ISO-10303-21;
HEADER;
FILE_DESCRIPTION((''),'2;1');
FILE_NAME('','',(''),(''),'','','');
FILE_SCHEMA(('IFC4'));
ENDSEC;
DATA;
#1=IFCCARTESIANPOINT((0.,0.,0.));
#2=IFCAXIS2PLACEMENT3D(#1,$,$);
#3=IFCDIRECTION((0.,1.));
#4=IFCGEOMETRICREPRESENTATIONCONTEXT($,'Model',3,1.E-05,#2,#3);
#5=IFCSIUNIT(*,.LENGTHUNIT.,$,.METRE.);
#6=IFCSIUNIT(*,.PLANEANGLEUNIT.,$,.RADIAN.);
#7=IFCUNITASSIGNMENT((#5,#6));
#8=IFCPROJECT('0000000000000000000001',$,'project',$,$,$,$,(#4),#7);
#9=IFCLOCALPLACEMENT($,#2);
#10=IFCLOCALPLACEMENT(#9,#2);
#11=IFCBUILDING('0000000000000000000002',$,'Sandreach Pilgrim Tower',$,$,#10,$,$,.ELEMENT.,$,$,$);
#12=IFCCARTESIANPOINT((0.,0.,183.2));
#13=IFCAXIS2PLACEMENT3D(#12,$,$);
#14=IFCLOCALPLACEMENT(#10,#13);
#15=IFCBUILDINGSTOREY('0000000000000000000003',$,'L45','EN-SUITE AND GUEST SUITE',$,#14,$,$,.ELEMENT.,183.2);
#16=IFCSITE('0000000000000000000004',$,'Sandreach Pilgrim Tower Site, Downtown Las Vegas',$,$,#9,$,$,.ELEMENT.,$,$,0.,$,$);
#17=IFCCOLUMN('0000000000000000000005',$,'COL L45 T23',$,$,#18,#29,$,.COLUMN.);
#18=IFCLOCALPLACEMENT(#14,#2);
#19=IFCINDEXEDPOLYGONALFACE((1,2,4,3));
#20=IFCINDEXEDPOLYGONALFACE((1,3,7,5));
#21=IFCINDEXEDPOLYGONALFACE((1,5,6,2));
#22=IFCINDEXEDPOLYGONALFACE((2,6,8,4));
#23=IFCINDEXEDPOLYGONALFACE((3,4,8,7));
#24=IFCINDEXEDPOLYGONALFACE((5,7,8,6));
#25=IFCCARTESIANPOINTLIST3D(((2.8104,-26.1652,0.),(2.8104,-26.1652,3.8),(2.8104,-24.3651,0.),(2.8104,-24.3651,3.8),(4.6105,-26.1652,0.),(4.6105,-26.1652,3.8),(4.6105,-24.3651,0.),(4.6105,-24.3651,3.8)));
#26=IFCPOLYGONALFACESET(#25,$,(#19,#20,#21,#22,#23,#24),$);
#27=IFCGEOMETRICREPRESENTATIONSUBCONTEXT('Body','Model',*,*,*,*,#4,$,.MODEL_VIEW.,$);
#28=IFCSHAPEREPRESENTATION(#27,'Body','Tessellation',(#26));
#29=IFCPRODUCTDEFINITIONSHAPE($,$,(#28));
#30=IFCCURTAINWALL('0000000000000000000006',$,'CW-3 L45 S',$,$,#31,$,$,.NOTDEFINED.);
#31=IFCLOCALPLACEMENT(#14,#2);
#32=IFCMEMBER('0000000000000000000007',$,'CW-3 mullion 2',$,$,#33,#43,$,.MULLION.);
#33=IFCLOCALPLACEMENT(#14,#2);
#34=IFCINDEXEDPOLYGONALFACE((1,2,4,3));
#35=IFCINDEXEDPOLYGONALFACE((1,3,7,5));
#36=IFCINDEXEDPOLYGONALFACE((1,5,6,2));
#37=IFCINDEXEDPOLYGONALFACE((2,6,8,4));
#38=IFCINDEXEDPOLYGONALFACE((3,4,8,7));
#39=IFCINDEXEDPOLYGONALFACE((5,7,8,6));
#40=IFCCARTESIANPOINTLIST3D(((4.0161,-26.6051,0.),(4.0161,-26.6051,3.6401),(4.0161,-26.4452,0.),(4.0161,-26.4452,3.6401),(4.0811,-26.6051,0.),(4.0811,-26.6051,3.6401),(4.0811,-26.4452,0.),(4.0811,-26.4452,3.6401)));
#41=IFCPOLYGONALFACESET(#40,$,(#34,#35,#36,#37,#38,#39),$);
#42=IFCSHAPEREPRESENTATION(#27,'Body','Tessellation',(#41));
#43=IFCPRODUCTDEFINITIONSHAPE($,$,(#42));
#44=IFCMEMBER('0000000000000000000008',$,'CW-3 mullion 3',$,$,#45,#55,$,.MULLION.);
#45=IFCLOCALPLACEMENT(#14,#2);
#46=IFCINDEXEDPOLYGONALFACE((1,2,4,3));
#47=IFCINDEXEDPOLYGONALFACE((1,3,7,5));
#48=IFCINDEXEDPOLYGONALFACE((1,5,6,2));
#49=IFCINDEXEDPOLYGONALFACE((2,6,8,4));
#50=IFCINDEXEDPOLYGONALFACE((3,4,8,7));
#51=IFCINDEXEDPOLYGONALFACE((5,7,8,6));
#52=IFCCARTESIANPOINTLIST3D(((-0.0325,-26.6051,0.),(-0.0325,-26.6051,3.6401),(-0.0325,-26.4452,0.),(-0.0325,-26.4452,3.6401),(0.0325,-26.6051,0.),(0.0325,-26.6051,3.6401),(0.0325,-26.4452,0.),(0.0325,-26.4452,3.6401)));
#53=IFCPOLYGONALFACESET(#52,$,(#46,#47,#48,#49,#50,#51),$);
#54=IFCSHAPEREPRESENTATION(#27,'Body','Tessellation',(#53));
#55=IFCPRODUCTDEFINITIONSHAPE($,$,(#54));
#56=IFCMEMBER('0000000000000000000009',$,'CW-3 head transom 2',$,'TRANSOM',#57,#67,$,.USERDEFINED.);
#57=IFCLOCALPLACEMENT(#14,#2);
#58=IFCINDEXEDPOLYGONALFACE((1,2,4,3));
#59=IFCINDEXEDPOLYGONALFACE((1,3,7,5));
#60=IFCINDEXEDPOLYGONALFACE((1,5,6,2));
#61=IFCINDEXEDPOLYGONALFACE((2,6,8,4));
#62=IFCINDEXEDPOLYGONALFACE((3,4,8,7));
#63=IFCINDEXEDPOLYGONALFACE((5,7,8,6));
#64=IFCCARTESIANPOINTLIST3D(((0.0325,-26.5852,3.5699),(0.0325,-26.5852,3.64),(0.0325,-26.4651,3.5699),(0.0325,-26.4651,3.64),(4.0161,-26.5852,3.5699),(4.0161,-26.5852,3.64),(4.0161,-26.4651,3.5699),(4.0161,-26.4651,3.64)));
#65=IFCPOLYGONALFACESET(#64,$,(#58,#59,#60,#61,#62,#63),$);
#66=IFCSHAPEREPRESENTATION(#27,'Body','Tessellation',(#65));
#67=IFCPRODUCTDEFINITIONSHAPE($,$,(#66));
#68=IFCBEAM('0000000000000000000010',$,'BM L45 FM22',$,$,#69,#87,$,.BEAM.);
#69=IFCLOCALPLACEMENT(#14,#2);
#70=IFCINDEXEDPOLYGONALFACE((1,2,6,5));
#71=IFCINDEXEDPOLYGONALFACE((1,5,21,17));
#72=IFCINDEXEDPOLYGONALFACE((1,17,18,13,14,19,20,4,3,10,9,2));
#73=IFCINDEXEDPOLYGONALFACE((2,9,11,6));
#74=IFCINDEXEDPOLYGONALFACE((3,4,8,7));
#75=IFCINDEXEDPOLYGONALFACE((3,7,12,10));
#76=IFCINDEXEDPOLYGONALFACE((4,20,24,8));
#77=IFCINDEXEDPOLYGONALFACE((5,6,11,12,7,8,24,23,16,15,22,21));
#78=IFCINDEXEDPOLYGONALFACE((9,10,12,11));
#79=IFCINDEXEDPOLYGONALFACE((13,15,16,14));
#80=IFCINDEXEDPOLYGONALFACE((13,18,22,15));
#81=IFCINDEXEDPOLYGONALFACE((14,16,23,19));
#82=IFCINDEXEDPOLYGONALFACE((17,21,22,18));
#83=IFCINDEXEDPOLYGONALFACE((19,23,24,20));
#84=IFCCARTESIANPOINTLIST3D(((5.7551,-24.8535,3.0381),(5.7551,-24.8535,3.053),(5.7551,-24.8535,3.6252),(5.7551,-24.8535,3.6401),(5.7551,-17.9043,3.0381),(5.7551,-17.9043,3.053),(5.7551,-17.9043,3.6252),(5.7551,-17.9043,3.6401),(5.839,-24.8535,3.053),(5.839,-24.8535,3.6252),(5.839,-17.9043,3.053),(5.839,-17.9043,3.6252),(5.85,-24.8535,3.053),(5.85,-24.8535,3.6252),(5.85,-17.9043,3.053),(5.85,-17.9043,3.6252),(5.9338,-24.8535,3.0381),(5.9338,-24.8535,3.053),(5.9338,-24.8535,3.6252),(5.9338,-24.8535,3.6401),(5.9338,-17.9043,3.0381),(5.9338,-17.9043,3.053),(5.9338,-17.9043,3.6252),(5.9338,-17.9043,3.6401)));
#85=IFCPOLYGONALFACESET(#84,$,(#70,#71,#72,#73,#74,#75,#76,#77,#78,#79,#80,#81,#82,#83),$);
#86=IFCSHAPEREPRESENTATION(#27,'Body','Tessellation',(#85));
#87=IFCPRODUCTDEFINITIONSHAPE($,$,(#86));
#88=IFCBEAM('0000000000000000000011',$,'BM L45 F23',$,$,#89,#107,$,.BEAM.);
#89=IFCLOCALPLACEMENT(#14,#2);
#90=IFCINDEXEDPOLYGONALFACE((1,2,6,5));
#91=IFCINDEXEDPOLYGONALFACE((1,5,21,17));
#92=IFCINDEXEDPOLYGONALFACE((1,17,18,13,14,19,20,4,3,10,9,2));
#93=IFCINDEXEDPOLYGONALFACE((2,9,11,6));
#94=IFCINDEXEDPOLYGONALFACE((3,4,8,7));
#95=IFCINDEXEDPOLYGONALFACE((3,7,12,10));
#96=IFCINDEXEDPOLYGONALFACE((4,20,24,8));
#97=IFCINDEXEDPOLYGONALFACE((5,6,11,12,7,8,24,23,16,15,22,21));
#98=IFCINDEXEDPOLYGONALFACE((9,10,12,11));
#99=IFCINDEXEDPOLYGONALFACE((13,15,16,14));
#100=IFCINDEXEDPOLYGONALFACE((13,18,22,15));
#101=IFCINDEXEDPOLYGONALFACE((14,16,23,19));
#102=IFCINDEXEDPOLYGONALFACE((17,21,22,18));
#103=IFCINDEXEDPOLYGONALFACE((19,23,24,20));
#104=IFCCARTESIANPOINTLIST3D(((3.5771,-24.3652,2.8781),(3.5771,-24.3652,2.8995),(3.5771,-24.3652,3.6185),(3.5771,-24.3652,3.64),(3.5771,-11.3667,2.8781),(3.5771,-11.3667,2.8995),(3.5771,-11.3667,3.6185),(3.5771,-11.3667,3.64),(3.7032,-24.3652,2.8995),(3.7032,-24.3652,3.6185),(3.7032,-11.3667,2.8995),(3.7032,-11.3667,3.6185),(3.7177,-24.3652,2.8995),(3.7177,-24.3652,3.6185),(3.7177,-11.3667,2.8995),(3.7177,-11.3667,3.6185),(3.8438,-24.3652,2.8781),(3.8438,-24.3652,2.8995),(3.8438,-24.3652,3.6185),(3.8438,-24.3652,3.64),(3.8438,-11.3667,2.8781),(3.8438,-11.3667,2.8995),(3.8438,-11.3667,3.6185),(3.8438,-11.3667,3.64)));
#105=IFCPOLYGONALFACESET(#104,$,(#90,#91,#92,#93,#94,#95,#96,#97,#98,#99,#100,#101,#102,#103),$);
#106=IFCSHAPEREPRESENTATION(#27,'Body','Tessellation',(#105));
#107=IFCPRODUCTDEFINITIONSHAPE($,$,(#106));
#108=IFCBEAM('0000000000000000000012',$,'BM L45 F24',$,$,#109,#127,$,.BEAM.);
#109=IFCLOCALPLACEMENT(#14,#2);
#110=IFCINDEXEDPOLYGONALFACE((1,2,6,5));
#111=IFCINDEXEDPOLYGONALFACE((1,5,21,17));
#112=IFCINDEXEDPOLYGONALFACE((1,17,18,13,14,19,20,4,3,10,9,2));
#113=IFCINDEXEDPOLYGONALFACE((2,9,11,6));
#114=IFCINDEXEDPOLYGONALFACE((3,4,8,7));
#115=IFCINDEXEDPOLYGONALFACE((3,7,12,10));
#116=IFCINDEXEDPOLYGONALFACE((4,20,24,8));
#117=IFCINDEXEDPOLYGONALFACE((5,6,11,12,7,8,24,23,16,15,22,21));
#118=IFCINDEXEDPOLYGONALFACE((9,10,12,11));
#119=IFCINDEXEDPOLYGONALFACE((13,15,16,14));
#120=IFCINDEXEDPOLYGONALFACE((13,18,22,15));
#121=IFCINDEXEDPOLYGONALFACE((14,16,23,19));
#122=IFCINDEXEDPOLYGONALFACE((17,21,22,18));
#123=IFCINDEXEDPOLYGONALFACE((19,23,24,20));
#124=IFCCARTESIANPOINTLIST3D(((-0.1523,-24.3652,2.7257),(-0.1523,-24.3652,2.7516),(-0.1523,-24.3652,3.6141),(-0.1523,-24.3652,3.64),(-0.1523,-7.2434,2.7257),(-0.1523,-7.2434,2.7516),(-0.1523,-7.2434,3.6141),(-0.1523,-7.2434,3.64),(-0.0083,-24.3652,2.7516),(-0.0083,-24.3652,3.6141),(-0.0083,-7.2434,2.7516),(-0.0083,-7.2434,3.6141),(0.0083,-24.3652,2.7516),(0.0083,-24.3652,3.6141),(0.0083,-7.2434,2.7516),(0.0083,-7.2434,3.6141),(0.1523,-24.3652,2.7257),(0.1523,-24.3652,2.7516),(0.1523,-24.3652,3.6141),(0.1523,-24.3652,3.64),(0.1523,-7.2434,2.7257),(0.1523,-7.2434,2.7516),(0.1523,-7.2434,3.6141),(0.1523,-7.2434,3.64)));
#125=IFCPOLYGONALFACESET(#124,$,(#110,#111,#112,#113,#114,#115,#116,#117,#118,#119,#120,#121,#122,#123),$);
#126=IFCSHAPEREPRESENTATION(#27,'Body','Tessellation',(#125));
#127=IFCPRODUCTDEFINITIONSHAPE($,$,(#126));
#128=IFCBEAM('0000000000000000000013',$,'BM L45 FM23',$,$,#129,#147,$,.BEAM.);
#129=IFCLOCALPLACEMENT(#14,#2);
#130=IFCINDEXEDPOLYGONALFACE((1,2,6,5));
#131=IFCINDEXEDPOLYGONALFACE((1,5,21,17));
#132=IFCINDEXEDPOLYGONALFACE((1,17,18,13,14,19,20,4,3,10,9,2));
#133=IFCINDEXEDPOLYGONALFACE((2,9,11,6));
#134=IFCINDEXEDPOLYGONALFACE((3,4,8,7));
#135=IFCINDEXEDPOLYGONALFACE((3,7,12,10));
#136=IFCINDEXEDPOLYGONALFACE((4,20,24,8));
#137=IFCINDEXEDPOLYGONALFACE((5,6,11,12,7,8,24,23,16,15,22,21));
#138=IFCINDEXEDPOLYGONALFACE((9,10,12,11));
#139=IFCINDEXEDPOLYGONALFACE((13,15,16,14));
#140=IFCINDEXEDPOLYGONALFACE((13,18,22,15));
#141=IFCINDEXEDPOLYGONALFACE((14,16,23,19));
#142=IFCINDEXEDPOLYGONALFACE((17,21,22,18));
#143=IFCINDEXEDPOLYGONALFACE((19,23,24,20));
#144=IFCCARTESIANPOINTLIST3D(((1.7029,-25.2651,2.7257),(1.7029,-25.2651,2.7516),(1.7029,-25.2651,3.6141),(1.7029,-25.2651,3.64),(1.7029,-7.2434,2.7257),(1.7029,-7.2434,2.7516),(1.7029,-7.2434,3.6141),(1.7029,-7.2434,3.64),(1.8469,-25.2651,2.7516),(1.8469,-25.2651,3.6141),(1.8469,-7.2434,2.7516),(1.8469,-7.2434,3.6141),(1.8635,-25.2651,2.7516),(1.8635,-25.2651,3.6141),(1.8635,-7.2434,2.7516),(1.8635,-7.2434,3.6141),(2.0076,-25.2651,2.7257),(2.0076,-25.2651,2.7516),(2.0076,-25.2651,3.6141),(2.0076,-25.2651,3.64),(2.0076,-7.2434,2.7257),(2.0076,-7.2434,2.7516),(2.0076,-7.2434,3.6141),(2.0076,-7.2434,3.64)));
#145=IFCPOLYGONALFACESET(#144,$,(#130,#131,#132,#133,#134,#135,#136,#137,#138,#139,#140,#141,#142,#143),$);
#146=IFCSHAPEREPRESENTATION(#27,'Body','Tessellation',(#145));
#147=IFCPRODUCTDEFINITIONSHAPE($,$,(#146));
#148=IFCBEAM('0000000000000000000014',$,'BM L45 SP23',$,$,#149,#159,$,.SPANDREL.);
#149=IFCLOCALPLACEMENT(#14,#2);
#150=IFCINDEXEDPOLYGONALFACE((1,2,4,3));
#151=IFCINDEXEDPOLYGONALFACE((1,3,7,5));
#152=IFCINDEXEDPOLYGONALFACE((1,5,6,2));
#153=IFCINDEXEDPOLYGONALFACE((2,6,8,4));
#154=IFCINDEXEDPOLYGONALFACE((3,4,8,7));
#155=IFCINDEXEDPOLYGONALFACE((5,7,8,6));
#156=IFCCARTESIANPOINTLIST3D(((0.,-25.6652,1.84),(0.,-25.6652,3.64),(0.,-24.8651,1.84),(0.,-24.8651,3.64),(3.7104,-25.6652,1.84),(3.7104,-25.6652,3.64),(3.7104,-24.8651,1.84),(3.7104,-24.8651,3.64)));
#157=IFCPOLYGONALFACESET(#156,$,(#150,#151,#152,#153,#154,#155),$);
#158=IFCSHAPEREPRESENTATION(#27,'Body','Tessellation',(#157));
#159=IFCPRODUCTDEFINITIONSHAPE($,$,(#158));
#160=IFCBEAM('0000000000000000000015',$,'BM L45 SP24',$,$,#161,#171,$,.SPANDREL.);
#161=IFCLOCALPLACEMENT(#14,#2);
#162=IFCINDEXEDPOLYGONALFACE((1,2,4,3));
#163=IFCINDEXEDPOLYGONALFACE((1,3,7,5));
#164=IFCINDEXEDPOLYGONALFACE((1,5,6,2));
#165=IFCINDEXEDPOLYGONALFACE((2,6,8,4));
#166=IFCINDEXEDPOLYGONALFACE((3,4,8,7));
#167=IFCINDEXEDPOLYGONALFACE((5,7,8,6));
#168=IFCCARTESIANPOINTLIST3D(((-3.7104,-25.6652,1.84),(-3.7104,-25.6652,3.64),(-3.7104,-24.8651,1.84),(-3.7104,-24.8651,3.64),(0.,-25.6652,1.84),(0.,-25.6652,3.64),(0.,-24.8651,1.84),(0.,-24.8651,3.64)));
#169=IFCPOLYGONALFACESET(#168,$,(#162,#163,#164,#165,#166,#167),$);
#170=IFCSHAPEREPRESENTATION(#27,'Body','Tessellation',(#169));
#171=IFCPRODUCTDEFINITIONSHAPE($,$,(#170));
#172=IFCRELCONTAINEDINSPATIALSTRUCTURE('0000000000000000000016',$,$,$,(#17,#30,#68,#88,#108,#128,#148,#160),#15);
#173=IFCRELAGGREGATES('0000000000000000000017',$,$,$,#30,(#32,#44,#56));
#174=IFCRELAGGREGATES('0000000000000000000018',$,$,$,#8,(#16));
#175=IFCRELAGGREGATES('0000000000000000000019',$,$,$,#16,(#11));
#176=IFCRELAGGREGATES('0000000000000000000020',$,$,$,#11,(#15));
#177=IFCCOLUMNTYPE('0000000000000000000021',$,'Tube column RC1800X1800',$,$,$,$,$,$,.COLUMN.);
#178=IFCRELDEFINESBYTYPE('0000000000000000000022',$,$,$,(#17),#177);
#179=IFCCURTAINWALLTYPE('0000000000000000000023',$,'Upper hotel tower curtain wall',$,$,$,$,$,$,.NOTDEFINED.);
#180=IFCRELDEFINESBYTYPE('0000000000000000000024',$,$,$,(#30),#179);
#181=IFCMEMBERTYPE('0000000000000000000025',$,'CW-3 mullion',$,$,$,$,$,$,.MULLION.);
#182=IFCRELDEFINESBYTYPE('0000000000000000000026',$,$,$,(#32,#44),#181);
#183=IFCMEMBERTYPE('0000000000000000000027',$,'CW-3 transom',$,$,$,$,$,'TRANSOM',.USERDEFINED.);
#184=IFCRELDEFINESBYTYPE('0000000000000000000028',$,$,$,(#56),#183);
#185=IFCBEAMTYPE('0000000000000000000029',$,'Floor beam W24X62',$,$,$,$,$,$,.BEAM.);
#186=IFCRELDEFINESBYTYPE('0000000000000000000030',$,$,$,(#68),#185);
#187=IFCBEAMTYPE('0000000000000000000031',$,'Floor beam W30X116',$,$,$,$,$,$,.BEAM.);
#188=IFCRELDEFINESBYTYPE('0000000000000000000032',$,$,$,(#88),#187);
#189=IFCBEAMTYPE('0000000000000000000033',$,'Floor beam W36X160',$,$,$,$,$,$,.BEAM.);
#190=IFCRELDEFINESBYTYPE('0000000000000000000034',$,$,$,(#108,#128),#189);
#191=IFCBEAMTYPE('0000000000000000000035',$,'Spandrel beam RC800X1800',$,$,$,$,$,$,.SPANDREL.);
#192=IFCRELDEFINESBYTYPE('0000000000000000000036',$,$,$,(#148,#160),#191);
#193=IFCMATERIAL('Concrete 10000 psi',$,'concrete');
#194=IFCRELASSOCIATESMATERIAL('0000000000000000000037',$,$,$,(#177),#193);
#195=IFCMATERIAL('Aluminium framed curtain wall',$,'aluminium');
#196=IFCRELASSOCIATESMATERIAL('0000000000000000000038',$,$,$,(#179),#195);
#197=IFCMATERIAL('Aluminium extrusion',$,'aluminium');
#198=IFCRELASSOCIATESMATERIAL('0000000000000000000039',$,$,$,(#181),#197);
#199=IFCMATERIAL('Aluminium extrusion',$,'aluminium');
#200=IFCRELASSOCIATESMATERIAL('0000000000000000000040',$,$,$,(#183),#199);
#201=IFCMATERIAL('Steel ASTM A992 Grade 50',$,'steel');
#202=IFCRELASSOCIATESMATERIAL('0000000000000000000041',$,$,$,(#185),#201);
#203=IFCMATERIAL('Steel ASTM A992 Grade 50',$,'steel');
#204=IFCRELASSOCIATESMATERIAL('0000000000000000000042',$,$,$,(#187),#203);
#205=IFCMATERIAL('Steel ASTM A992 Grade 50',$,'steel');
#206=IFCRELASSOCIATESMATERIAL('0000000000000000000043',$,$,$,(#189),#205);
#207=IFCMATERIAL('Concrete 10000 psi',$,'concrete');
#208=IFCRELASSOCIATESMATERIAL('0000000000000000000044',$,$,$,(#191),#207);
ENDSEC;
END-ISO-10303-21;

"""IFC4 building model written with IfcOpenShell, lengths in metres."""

from ifc_helpers import new_model, si_unit, direction, frame, origin, origin_2d, place, context, subcontext, project, spatial, rectangle, i_section, extrude, material, material_profile, profile_set, type_object, element, aggregate, save


model = new_model("IFC4")

# Units and contexts
model_context = context("Model", 3, precision=1e-05, world=origin(), true_north=direction((0.0, 1.0)))
body_context = subcontext(model_context, "Body", "Model", "MODEL_VIEW")
ifc_project = project(units=[si_unit("LENGTHUNIT", "METRE"), si_unit("PLANEANGLEUNIT", "RADIAN")], contexts=[model_context])

# Site, building, storey
site_placement = place(None, origin())
site = spatial("IfcSite", under=ifc_project, at=site_placement, Name="Sandreach Pilgrim Tower Site, Downtown Las Vegas", CompositionType="ELEMENT", RefElevation=0.0)
building_placement = place(site_placement, origin())
building = spatial("IfcBuilding", under=site, at=building_placement, Name="Sandreach Pilgrim Tower", CompositionType="ELEMENT")
storey_placement = place(building_placement, frame((0.0, 0.0, 183.2)))
storey = spatial("IfcBuildingStorey", under=building, at=storey_placement, Name="L45", Description="EN-SUITE AND GUEST SUITE", CompositionType="ELEMENT", Elevation=183.2)

# Column
ifc_material_1 = material(Name="Concrete 10000 psi", Category="concrete")
ifc_material_profile_1 = material_profile(ifc_material_1, rectangle(XDim=1.8, YDim=1.8, at=origin_2d()), Name="RC1800X1800")
ifc_profile_set_1 = profile_set([ifc_material_profile_1], Name="Concrete 10000 psi")
column_type = type_object("IfcColumnType", Name="Tube column RC1800X1800", PredefinedType="COLUMN", material=ifc_profile_set_1)
column_placement = place(storey_placement, frame((3.7104, -25.2651, 0.0), z_axis=(0.0, 0.0, 1.0), x_axis=(0.0, -1.0, 0.0)))
element("IfcColumn", 1, at=column_placement, inside=storey, type_object=column_type, Name="COL L45 T23", PredefinedType="COLUMN", context=body_context, shape_type="SweptSolid", body=[
    extrude(rectangle(XDim=1.8, YDim=1.8, at=origin_2d()), origin(), (0.0, 0.0, 1.0), 3.8),
])

# Curtain wall, members
ifc_material_2 = material(Name="Aluminium framed curtain wall", Category="aluminium")
curtain_wall_type = type_object("IfcCurtainWallType", Name="Upper hotel tower curtain wall", PredefinedType="NOTDEFINED", material=ifc_material_2)
curtain_wall_placement = place(storey_placement, origin())
curtain_wall = element("IfcCurtainWall", 2, at=curtain_wall_placement, inside=storey, type_object=curtain_wall_type, Name="CW-3 L45 S", PredefinedType="NOTDEFINED")
ifc_material_3 = material(Name="Aluminium extrusion", Category="aluminium")
ifc_material_profile_2 = material_profile(ifc_material_3, rectangle(XDim=0.0649, YDim=0.1599, at=origin_2d()), Name="CW-3M 65X160")
ifc_profile_set_2 = profile_set([ifc_material_profile_2], Name="Aluminium extrusion")
member_type_1 = type_object("IfcMemberType", Name="CW-3 mullion", PredefinedType="MULLION", material=ifc_profile_set_2)
member_1_placement = place(storey_placement, frame((4.0486, -26.5251, 0.0), z_axis=(0.0, 0.0, 1.0), x_axis=(-1.0, 0.0, 0.0)))
member_1 = element("IfcMember", 3, at=member_1_placement, type_object=member_type_1, Name="CW-3 mullion 2", PredefinedType="MULLION", context=body_context, shape_type="SweptSolid", body=[
    extrude(rectangle(XDim=0.0649, YDim=0.1599, at=origin_2d()), origin(), (0.0, 0.0, 1.0), 3.6401),
])
member_2_placement = place(storey_placement, frame((0.0, -26.5251, 0.0), z_axis=(0.0, 0.0, 1.0), x_axis=(-1.0, 0.0, 0.0)))
member_2 = element("IfcMember", 4, at=member_2_placement, type_object=member_type_1, Name="CW-3 mullion 3", PredefinedType="MULLION", context=body_context, shape_type="SweptSolid", body=[
    extrude(rectangle(XDim=0.0649, YDim=0.1599, at=origin_2d()), origin(), (0.0, 0.0, 1.0), 3.6401),
])
ifc_material_4 = material(Name="Aluminium extrusion", Category="aluminium")
ifc_material_profile_3 = material_profile(ifc_material_4, rectangle(XDim=0.1201, YDim=0.0701, at=origin_2d()), Name="CW-3T 120X70")
ifc_profile_set_3 = profile_set([ifc_material_profile_3], Name="Aluminium extrusion")
member_type_2 = type_object("IfcMemberType", Name="CW-3 transom", ElementType="TRANSOM", PredefinedType="USERDEFINED", material=ifc_profile_set_3)
member_3_placement = place(storey_placement, frame((4.0161, -26.5251, 3.605), z_axis=(-1.0, 0.0, 0.0), x_axis=(0.0, -1.0, 0.0)))
member_3 = element("IfcMember", 5, at=member_3_placement, type_object=member_type_2, Name="CW-3 head transom 2", ObjectType="TRANSOM", PredefinedType="USERDEFINED", context=body_context, shape_type="SweptSolid", body=[
    extrude(rectangle(XDim=0.1201, YDim=0.0701, at=origin_2d()), origin(), (0.0, 0.0, 1.0), 3.9836),
])

# Beams
ifc_material_5 = material(Name="Steel ASTM A992 Grade 50", Category="steel")
ifc_material_profile_4 = material_profile(ifc_material_5, i_section(OverallWidth=0.1787, OverallDepth=0.6021, WebThickness=0.011, FlangeThickness=0.0149, at=origin_2d()), Name="W24X62")
ifc_profile_set_4 = profile_set([ifc_material_profile_4], Name="Steel ASTM A992 Grade 50")
beam_type_1 = type_object("IfcBeamType", Name="Floor beam W24X62", PredefinedType="BEAM", material=ifc_profile_set_4)
beam_1_placement = place(storey_placement, frame((5.8445, -24.8535, 3.3391), z_axis=(0.0, 1.0, 0.0), x_axis=(-1.0, 0.0, 0.0)))
element("IfcBeam", 6, at=beam_1_placement, inside=storey, type_object=beam_type_1, Name="BM L45 FM22", PredefinedType="BEAM", context=body_context, shape_type="SweptSolid", body=[
    extrude(i_section(OverallWidth=0.1787, OverallDepth=0.6021, WebThickness=0.011, FlangeThickness=0.0149, at=origin_2d()), origin(), (0.0, 0.0, 1.0), 6.9492),
])
ifc_material_6 = material(Name="Steel ASTM A992 Grade 50", Category="steel")
ifc_material_profile_5 = material_profile(ifc_material_6, i_section(OverallWidth=0.2666, OverallDepth=0.762, WebThickness=0.0144, FlangeThickness=0.0215, at=origin_2d()), Name="W30X116")
ifc_profile_set_5 = profile_set([ifc_material_profile_5], Name="Steel ASTM A992 Grade 50")
beam_type_2 = type_object("IfcBeamType", Name="Floor beam W30X116", PredefinedType="BEAM", material=ifc_profile_set_5)
beam_2_placement = place(storey_placement, frame((3.7104, -24.3652, 3.259), z_axis=(0.0, 1.0, 0.0), x_axis=(-1.0, 0.0, 0.0)))
element("IfcBeam", 7, at=beam_2_placement, inside=storey, type_object=beam_type_2, Name="BM L45 F23", PredefinedType="BEAM", context=body_context, shape_type="SweptSolid", body=[
    extrude(i_section(OverallWidth=0.2666, OverallDepth=0.762, WebThickness=0.0144, FlangeThickness=0.0215, at=origin_2d()), origin(), (0.0, 0.0, 1.0), 12.9985),
])
ifc_material_7 = material(Name="Steel ASTM A992 Grade 50", Category="steel")
ifc_material_profile_6 = material_profile(ifc_material_7, i_section(OverallWidth=0.3047, OverallDepth=0.9143, WebThickness=0.0166, FlangeThickness=0.0259, at=origin_2d()), Name="W36X160")
ifc_profile_set_6 = profile_set([ifc_material_profile_6], Name="Steel ASTM A992 Grade 50")
beam_type_3 = type_object("IfcBeamType", Name="Floor beam W36X160", PredefinedType="BEAM", material=ifc_profile_set_6)
beam_3_placement = place(storey_placement, frame((0.0, -24.3652, 3.1829), z_axis=(0.0, 1.0, 0.0), x_axis=(-1.0, 0.0, 0.0)))
element("IfcBeam", 8, at=beam_3_placement, inside=storey, type_object=beam_type_3, Name="BM L45 F24", PredefinedType="BEAM", context=body_context, shape_type="SweptSolid", body=[
    extrude(i_section(OverallWidth=0.3047, OverallDepth=0.9143, WebThickness=0.0166, FlangeThickness=0.0259, at=origin_2d()), origin(), (0.0, 0.0, 1.0), 17.1218),
])
beam_4_placement = place(storey_placement, frame((1.8552, -25.2651, 3.1829), z_axis=(0.0, 1.0, 0.0), x_axis=(-1.0, 0.0, 0.0)))
element("IfcBeam", 9, at=beam_4_placement, inside=storey, type_object=beam_type_3, Name="BM L45 FM23", PredefinedType="BEAM", context=body_context, shape_type="SweptSolid", body=[
    extrude(i_section(OverallWidth=0.3047, OverallDepth=0.9143, WebThickness=0.0166, FlangeThickness=0.0259, at=origin_2d()), origin(), (0.0, 0.0, 1.0), 18.0217),
])
ifc_material_8 = material(Name="Concrete 10000 psi", Category="concrete")
ifc_material_profile_7 = material_profile(ifc_material_8, rectangle(XDim=0.8, YDim=1.8, at=origin_2d()), Name="RC800X1800")
ifc_profile_set_7 = profile_set([ifc_material_profile_7], Name="Concrete 10000 psi")
beam_type_4 = type_object("IfcBeamType", Name="Spandrel beam RC800X1800", PredefinedType="SPANDREL", material=ifc_profile_set_7)
for number, where, z_axis, x_axis, name in (
    (10, (3.7104, -25.2651, 2.74), (-1.0, 0.0, 0.0), (0.0, -1.0, 0.0), "BM L45 SP23"),
    (11, (0.0, -25.2651, 2.74), (-1.0, 0.0, 0.0), (0.0, -1.0, 0.0), "BM L45 SP24"),
):
    element("IfcBeam", number, at=place(storey_placement, frame(where, z_axis=z_axis, x_axis=x_axis)), inside=storey, type_object=beam_type_4, Name=name, PredefinedType="SPANDREL", context=body_context, shape_type="SweptSolid", body=[
        extrude(rectangle(XDim=0.8, YDim=1.8, at=origin_2d()), origin(), (0.0, 0.0, 1.0), 3.7104),
    ])

aggregate(curtain_wall, [member_1, member_2, member_3])

save(model, "model.ifc")
